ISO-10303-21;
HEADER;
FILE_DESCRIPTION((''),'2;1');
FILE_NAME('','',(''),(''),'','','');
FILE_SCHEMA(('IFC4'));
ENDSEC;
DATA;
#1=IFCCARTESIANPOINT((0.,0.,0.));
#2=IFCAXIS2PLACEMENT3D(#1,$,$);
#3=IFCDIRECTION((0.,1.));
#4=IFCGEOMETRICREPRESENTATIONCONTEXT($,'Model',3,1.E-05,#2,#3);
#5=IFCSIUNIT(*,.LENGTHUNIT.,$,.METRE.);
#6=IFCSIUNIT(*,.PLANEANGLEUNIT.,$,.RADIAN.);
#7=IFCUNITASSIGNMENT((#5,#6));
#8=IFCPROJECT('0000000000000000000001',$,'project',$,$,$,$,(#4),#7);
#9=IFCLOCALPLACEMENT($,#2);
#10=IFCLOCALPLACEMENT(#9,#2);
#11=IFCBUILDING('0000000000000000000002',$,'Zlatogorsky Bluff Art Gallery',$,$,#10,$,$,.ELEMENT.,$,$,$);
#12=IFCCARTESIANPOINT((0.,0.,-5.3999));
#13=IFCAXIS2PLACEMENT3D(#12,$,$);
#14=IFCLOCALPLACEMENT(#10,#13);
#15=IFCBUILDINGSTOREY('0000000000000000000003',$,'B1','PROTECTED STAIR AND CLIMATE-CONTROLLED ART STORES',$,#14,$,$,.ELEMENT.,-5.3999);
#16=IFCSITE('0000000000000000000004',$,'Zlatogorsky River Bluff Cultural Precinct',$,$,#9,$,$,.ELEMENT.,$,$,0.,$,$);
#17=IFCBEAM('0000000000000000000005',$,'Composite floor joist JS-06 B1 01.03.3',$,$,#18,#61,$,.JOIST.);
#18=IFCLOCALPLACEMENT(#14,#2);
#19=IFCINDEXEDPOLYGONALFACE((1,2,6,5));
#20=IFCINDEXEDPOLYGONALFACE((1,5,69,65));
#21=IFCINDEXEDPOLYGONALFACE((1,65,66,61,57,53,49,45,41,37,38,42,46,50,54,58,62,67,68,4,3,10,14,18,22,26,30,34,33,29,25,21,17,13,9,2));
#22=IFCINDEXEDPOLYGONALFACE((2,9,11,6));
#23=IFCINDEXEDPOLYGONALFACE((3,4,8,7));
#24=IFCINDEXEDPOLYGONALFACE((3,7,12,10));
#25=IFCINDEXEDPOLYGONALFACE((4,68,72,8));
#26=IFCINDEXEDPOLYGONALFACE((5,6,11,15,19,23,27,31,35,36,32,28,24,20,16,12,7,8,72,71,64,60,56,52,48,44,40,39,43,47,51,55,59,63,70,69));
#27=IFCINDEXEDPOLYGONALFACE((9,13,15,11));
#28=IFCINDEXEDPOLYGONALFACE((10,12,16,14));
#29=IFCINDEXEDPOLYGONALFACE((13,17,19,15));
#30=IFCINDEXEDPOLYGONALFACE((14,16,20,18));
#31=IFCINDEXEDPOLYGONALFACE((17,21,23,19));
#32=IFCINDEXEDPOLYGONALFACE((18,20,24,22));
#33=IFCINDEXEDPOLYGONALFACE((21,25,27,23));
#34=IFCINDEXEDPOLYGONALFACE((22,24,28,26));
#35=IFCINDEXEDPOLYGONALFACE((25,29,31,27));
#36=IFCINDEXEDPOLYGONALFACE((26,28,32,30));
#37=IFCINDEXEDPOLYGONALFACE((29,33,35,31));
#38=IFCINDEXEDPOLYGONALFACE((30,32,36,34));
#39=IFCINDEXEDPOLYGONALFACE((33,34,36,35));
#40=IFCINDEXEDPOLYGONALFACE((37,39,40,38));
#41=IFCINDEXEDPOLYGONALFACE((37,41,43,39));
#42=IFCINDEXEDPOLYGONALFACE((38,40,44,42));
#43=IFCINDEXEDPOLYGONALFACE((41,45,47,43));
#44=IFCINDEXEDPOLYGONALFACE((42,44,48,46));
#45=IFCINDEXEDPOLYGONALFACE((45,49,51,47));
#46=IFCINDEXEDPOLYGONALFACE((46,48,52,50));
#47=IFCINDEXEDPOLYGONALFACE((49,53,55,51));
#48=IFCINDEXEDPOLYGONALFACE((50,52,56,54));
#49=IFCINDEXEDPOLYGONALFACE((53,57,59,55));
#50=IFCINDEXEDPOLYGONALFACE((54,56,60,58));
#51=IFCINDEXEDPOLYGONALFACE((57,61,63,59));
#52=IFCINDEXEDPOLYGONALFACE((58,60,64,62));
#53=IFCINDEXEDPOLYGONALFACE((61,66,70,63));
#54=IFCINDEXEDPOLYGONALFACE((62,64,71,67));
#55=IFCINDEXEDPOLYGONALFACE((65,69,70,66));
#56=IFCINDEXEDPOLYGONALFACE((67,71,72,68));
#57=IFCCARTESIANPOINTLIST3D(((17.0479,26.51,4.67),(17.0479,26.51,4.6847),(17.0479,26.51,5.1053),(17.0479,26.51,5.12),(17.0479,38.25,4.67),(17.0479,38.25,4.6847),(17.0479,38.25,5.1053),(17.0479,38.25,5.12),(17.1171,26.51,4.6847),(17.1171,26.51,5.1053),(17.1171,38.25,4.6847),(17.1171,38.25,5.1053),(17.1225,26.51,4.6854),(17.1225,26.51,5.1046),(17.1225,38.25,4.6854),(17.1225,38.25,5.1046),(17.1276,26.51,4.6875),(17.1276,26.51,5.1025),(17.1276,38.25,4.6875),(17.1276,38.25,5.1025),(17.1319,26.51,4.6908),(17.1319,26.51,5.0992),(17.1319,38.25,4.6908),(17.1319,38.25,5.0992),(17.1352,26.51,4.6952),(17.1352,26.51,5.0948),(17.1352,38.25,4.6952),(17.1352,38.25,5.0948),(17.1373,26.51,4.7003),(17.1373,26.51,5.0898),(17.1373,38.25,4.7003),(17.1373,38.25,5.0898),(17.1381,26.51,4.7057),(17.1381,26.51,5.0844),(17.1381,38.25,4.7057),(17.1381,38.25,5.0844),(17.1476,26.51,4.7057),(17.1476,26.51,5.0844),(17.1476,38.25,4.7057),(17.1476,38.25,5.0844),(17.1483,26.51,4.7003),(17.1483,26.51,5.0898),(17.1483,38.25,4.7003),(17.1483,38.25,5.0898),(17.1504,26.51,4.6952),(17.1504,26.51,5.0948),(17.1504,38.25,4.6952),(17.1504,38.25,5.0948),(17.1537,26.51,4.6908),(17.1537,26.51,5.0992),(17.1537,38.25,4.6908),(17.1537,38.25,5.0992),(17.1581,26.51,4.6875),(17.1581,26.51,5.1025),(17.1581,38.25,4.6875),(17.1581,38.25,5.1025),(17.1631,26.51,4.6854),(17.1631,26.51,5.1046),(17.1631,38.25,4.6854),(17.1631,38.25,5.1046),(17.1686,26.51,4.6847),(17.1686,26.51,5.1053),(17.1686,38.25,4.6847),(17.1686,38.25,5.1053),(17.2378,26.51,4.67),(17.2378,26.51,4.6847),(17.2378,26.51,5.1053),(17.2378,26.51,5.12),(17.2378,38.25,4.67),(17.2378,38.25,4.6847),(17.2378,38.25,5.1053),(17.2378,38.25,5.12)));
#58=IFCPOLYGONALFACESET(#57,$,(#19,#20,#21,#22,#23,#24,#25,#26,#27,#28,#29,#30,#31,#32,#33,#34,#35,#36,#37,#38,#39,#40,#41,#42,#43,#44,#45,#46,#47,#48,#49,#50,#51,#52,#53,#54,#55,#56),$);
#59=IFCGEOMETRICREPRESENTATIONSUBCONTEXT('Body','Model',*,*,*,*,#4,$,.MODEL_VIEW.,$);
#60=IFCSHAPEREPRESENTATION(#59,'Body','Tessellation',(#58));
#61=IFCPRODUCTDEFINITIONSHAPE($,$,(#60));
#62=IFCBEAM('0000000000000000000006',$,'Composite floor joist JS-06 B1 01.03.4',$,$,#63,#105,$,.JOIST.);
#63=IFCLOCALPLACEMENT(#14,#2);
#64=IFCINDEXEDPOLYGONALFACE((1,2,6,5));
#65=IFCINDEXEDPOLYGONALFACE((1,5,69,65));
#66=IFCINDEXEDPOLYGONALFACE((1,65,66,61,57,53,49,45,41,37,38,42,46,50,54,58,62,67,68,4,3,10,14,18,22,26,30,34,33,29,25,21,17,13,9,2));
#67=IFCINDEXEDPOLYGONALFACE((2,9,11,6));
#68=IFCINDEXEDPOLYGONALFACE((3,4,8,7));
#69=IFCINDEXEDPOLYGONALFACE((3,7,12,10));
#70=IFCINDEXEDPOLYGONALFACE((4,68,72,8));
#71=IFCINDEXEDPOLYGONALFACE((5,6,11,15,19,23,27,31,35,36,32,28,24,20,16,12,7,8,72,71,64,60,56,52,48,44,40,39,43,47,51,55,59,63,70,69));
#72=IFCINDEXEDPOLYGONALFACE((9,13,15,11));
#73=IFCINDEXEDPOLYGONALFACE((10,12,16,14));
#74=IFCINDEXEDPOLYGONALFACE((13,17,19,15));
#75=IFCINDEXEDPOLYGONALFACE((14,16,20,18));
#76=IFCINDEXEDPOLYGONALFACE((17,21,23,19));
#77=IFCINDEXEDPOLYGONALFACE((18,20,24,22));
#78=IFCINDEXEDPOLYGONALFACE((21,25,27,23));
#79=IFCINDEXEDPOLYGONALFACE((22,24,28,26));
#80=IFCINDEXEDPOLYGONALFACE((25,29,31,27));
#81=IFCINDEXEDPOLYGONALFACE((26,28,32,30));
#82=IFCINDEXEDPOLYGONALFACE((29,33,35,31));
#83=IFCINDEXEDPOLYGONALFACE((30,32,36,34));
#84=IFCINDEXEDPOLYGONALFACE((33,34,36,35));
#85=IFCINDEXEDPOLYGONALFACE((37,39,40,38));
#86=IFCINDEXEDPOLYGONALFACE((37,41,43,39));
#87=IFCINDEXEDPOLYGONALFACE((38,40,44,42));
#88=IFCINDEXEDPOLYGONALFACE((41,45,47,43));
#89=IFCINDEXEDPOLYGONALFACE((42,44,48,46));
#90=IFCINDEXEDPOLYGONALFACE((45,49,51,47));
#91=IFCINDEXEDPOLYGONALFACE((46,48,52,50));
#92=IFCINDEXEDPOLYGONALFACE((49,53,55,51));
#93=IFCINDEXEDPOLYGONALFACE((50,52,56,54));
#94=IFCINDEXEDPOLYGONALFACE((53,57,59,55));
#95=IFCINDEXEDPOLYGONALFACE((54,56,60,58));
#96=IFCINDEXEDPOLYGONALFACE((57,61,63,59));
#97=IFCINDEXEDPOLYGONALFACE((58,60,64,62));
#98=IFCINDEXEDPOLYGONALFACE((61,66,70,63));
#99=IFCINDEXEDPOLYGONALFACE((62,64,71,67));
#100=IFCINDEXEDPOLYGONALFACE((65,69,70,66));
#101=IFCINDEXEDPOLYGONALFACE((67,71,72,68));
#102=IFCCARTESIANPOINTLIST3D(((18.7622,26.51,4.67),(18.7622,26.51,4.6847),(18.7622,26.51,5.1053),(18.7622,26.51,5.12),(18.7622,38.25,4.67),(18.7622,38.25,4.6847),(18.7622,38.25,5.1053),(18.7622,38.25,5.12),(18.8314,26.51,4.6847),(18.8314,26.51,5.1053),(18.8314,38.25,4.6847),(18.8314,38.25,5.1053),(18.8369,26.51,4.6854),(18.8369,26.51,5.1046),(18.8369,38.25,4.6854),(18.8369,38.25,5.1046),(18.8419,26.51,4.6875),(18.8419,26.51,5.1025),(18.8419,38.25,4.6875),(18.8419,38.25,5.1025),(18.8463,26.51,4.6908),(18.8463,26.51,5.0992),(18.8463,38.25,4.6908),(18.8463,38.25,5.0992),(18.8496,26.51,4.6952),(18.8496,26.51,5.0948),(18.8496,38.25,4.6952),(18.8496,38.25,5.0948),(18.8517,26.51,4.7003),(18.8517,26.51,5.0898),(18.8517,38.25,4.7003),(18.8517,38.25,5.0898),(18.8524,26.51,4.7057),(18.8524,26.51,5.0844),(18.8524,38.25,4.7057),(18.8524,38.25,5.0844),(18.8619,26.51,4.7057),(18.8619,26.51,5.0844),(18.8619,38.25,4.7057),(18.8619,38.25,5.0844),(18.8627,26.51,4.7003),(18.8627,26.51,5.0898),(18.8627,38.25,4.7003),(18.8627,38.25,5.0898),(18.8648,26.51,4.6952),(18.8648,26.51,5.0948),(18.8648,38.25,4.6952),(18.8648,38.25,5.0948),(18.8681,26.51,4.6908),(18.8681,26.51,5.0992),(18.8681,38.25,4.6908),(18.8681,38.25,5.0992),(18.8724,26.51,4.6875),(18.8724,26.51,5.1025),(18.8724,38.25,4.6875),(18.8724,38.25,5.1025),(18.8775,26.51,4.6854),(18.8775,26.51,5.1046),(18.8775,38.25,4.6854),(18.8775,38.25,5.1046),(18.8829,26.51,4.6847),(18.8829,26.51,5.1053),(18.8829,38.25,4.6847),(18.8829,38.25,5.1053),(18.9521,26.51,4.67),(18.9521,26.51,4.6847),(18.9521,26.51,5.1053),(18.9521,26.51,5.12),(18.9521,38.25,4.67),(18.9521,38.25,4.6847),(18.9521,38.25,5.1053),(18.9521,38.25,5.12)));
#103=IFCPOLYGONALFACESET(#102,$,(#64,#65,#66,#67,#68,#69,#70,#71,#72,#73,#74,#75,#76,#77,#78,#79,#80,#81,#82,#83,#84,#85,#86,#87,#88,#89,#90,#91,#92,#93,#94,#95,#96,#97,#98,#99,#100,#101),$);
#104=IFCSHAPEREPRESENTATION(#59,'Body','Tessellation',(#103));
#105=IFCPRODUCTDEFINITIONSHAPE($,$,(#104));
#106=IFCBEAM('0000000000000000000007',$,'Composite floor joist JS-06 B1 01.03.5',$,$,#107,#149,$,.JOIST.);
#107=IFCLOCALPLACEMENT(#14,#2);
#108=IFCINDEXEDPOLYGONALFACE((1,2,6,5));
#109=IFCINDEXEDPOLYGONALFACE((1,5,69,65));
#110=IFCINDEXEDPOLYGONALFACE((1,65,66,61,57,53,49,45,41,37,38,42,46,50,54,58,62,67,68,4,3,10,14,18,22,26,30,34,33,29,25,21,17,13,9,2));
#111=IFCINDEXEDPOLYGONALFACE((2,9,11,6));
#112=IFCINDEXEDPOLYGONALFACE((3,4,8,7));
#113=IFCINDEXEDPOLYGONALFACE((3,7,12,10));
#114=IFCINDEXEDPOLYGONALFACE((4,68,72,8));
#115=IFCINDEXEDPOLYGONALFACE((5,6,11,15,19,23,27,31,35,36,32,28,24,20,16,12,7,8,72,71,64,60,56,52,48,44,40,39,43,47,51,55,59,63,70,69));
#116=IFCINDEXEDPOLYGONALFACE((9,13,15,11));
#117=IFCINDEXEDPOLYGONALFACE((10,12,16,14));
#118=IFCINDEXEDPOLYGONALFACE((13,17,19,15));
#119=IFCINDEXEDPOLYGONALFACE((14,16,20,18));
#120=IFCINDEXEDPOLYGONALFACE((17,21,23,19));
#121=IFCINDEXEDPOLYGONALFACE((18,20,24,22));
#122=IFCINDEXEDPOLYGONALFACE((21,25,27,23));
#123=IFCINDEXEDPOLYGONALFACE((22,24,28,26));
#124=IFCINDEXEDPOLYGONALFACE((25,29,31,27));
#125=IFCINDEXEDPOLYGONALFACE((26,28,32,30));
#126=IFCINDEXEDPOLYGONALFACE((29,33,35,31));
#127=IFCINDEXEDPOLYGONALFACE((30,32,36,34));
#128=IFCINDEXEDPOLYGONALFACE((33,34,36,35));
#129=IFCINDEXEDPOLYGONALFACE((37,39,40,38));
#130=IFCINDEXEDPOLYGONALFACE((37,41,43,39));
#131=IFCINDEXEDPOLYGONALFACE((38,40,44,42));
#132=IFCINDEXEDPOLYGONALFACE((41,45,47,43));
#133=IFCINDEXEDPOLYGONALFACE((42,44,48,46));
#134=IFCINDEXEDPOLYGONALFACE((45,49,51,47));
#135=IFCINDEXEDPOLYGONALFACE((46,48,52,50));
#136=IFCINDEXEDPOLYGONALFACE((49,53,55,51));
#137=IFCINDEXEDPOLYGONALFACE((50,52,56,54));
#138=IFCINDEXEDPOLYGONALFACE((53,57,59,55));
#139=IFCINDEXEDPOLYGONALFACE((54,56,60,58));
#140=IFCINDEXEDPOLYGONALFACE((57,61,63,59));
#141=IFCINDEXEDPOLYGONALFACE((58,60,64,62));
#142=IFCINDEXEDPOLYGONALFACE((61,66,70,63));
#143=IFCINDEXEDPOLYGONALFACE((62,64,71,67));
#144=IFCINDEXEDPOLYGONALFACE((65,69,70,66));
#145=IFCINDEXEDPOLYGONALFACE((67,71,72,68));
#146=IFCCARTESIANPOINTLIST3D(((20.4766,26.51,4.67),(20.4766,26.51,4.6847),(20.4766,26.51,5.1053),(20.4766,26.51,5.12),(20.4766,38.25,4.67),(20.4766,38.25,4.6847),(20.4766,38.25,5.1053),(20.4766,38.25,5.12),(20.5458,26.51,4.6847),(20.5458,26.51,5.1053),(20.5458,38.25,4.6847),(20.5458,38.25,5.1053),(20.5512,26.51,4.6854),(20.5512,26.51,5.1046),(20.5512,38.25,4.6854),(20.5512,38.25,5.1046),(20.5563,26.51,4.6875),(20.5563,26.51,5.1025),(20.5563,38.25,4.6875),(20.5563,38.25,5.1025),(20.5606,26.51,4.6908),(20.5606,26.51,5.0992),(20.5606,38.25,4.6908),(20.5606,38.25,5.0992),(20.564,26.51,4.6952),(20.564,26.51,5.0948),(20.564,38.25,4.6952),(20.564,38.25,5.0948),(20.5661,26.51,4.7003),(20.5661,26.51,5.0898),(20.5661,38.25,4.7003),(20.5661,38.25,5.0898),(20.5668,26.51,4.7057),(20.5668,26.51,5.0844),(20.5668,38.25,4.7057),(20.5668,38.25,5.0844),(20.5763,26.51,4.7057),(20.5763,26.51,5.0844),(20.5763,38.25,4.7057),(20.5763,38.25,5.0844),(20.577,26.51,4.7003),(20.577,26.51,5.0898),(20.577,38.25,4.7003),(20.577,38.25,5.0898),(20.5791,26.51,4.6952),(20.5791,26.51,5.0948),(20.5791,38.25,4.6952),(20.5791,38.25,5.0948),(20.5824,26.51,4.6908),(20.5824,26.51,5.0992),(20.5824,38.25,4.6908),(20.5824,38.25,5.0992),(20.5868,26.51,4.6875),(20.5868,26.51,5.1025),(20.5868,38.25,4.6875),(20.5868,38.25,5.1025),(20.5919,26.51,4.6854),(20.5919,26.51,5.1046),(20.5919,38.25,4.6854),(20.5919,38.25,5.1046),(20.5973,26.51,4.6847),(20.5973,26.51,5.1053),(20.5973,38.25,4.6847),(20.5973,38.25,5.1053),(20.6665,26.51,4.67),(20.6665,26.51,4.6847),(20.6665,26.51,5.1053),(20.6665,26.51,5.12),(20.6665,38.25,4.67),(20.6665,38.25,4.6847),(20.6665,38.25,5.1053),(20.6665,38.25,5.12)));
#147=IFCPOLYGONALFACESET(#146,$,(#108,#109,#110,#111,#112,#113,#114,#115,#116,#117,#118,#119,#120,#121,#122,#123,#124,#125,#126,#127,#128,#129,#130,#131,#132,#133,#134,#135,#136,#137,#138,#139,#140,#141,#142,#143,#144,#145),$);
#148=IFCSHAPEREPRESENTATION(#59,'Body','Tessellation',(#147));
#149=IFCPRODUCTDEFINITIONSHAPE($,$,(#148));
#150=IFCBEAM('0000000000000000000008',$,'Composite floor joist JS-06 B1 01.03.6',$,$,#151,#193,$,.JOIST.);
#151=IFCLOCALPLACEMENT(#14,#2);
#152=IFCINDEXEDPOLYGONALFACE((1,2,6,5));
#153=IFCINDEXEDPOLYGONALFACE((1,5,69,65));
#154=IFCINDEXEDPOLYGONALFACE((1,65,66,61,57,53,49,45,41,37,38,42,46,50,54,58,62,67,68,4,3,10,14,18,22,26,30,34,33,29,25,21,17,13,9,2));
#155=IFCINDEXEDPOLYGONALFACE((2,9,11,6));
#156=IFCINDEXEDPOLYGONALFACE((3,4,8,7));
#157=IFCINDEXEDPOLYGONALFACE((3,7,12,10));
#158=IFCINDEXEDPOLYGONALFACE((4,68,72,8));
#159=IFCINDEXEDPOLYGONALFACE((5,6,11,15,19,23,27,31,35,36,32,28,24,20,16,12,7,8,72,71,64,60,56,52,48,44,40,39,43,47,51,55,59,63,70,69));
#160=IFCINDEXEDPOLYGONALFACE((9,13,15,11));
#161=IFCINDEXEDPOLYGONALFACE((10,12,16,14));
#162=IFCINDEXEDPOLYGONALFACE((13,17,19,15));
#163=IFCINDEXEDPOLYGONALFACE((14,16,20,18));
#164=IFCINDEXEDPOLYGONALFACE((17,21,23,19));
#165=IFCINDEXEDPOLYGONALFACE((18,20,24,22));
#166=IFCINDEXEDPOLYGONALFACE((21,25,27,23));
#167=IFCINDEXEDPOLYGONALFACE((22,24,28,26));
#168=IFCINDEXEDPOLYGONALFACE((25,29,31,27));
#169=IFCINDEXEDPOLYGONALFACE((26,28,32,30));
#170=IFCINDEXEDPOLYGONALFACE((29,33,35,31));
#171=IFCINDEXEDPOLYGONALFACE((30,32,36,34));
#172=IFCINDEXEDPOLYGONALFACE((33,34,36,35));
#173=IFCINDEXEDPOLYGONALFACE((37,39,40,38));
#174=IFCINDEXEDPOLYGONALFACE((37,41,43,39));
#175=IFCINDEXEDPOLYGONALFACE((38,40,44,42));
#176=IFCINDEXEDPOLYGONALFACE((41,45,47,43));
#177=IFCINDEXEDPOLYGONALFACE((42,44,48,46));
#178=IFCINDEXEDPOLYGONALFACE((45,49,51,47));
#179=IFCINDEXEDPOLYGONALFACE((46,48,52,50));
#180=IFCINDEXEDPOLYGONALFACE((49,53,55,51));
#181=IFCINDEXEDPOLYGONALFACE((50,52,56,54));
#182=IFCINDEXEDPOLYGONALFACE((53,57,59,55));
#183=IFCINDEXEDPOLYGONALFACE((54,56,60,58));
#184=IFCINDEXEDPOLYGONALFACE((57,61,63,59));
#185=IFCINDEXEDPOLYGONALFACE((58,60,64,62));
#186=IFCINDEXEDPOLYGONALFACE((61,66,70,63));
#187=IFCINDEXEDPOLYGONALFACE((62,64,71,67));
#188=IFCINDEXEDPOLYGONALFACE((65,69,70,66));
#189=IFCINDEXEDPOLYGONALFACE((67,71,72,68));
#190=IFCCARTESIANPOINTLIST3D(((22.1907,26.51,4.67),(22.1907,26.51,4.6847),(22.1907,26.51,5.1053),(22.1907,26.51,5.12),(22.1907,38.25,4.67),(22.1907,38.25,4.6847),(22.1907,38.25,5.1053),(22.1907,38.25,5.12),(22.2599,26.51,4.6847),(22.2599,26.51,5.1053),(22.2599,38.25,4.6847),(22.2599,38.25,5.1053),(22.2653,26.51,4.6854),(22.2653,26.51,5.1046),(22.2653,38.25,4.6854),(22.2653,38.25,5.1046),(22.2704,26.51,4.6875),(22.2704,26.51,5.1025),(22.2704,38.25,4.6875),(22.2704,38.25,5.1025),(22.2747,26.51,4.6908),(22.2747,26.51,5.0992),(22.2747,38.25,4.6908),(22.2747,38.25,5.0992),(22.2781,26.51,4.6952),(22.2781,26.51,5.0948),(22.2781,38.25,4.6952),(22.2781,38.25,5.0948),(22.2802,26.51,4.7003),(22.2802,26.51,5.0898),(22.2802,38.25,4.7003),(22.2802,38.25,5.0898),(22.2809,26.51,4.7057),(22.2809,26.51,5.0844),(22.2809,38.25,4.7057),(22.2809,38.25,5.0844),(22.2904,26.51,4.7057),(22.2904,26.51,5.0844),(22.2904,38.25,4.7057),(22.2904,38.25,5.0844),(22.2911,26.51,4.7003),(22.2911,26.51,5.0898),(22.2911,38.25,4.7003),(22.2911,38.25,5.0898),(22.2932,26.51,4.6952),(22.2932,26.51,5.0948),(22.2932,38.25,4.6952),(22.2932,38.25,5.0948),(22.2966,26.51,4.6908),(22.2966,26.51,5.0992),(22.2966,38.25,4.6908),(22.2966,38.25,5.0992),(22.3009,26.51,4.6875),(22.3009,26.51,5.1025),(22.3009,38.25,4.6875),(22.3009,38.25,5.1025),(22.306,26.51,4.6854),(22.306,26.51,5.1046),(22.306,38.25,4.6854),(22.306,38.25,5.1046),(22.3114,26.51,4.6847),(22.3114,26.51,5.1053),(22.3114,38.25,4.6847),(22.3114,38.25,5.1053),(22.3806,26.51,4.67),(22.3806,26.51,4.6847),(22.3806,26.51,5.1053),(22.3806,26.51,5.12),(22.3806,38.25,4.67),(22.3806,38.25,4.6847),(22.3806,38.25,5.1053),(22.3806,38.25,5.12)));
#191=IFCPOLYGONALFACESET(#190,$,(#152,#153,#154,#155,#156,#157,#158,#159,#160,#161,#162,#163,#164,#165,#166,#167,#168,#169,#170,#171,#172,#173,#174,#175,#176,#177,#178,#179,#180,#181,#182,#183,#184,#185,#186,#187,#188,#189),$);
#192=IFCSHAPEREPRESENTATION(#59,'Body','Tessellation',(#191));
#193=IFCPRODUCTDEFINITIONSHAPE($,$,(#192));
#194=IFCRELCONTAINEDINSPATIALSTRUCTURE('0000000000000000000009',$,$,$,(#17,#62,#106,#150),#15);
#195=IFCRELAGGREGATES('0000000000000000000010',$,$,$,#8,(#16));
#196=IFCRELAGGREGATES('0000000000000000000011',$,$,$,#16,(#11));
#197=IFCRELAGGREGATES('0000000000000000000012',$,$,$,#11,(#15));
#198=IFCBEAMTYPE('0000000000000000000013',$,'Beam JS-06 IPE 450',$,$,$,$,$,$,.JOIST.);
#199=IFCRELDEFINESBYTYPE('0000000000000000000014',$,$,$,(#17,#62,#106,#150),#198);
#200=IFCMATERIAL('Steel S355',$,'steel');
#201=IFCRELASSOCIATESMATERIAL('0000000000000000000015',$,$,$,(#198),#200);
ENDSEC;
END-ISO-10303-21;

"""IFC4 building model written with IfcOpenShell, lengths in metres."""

from ifc_helpers import new_model, si_unit, direction, frame, origin, origin_2d, place, context, subcontext, project, spatial, i_section, extrude, material, material_profile, profile_set, type_object, element, save


model = new_model("IFC4")

# Units and contexts
model_context = context("Model", 3, precision=1e-05, world=origin(), true_north=direction((0.0, 1.0)))
body_context = subcontext(model_context, "Body", "Model", "MODEL_VIEW")
ifc_project = project(units=[si_unit("LENGTHUNIT", "METRE"), si_unit("PLANEANGLEUNIT", "RADIAN")], contexts=[model_context])

# Site, building, storey
site_placement = place(None, origin())
site = spatial("IfcSite", under=ifc_project, at=site_placement, Name="Zlatogorsky River Bluff Cultural Precinct", CompositionType="ELEMENT", RefElevation=0.0)
building_placement = place(site_placement, origin())
building = spatial("IfcBuilding", under=site, at=building_placement, Name="Zlatogorsky Bluff Art Gallery", CompositionType="ELEMENT")
storey_placement = place(building_placement, frame((0.0, 0.0, -5.3999)))
storey = spatial("IfcBuildingStorey", under=building, at=storey_placement, Name="B1", Description="PROTECTED STAIR AND CLIMATE-CONTROLLED ART STORES", CompositionType="ELEMENT", Elevation=-5.3999)

# Shared definitions
ifc_material_1 = material(Name="Steel S355", Category="steel")

# Beams
ifc_material_profile_1 = material_profile(ifc_material_1, i_section(OverallWidth=0.1899, OverallDepth=0.45, WebThickness=0.0095, FlangeThickness=0.0146, FilletRadius=0.021, at=origin_2d()), Name="IPE 450")
ifc_profile_set_1 = profile_set([ifc_material_profile_1], Name="Steel S355")
beam_type_1 = type_object("IfcBeamType", Name="Beam JS-06 IPE 450", PredefinedType="JOIST", material=ifc_profile_set_1)
for number, where, z_axis, x_axis, name in (
    (1, (17.1428, 26.51, 4.895), (0.0, 1.0, 0.0), (-1.0, 0.0, 0.0), "Composite floor joist JS-06 B1 01.03.3"),
    (2, (18.8572, 26.51, 4.895), (0.0, 1.0, 0.0), (-1.0, 0.0, 0.0), "Composite floor joist JS-06 B1 01.03.4"),
    (3, (20.5715, 26.51, 4.895), (0.0, 1.0, 0.0), (-1.0, 0.0, 0.0), "Composite floor joist JS-06 B1 01.03.5"),
    (4, (22.2856, 26.51, 4.895), (0.0, 1.0, 0.0), (-1.0, 0.0, 0.0), "Composite floor joist JS-06 B1 01.03.6"),
):
    element("IfcBeam", number, at=place(storey_placement, frame(where, z_axis=z_axis, x_axis=x_axis)), inside=storey, type_object=beam_type_1, Name=name, PredefinedType="JOIST", context=body_context, shape_type="SweptSolid", body=[
        extrude(i_section(OverallWidth=0.1899, OverallDepth=0.45, WebThickness=0.0095, FlangeThickness=0.0146, FilletRadius=0.021, at=origin_2d()), origin(), (0.0, 0.0, 1.0), 11.74),
    ])

save(model, "model.ifc")
